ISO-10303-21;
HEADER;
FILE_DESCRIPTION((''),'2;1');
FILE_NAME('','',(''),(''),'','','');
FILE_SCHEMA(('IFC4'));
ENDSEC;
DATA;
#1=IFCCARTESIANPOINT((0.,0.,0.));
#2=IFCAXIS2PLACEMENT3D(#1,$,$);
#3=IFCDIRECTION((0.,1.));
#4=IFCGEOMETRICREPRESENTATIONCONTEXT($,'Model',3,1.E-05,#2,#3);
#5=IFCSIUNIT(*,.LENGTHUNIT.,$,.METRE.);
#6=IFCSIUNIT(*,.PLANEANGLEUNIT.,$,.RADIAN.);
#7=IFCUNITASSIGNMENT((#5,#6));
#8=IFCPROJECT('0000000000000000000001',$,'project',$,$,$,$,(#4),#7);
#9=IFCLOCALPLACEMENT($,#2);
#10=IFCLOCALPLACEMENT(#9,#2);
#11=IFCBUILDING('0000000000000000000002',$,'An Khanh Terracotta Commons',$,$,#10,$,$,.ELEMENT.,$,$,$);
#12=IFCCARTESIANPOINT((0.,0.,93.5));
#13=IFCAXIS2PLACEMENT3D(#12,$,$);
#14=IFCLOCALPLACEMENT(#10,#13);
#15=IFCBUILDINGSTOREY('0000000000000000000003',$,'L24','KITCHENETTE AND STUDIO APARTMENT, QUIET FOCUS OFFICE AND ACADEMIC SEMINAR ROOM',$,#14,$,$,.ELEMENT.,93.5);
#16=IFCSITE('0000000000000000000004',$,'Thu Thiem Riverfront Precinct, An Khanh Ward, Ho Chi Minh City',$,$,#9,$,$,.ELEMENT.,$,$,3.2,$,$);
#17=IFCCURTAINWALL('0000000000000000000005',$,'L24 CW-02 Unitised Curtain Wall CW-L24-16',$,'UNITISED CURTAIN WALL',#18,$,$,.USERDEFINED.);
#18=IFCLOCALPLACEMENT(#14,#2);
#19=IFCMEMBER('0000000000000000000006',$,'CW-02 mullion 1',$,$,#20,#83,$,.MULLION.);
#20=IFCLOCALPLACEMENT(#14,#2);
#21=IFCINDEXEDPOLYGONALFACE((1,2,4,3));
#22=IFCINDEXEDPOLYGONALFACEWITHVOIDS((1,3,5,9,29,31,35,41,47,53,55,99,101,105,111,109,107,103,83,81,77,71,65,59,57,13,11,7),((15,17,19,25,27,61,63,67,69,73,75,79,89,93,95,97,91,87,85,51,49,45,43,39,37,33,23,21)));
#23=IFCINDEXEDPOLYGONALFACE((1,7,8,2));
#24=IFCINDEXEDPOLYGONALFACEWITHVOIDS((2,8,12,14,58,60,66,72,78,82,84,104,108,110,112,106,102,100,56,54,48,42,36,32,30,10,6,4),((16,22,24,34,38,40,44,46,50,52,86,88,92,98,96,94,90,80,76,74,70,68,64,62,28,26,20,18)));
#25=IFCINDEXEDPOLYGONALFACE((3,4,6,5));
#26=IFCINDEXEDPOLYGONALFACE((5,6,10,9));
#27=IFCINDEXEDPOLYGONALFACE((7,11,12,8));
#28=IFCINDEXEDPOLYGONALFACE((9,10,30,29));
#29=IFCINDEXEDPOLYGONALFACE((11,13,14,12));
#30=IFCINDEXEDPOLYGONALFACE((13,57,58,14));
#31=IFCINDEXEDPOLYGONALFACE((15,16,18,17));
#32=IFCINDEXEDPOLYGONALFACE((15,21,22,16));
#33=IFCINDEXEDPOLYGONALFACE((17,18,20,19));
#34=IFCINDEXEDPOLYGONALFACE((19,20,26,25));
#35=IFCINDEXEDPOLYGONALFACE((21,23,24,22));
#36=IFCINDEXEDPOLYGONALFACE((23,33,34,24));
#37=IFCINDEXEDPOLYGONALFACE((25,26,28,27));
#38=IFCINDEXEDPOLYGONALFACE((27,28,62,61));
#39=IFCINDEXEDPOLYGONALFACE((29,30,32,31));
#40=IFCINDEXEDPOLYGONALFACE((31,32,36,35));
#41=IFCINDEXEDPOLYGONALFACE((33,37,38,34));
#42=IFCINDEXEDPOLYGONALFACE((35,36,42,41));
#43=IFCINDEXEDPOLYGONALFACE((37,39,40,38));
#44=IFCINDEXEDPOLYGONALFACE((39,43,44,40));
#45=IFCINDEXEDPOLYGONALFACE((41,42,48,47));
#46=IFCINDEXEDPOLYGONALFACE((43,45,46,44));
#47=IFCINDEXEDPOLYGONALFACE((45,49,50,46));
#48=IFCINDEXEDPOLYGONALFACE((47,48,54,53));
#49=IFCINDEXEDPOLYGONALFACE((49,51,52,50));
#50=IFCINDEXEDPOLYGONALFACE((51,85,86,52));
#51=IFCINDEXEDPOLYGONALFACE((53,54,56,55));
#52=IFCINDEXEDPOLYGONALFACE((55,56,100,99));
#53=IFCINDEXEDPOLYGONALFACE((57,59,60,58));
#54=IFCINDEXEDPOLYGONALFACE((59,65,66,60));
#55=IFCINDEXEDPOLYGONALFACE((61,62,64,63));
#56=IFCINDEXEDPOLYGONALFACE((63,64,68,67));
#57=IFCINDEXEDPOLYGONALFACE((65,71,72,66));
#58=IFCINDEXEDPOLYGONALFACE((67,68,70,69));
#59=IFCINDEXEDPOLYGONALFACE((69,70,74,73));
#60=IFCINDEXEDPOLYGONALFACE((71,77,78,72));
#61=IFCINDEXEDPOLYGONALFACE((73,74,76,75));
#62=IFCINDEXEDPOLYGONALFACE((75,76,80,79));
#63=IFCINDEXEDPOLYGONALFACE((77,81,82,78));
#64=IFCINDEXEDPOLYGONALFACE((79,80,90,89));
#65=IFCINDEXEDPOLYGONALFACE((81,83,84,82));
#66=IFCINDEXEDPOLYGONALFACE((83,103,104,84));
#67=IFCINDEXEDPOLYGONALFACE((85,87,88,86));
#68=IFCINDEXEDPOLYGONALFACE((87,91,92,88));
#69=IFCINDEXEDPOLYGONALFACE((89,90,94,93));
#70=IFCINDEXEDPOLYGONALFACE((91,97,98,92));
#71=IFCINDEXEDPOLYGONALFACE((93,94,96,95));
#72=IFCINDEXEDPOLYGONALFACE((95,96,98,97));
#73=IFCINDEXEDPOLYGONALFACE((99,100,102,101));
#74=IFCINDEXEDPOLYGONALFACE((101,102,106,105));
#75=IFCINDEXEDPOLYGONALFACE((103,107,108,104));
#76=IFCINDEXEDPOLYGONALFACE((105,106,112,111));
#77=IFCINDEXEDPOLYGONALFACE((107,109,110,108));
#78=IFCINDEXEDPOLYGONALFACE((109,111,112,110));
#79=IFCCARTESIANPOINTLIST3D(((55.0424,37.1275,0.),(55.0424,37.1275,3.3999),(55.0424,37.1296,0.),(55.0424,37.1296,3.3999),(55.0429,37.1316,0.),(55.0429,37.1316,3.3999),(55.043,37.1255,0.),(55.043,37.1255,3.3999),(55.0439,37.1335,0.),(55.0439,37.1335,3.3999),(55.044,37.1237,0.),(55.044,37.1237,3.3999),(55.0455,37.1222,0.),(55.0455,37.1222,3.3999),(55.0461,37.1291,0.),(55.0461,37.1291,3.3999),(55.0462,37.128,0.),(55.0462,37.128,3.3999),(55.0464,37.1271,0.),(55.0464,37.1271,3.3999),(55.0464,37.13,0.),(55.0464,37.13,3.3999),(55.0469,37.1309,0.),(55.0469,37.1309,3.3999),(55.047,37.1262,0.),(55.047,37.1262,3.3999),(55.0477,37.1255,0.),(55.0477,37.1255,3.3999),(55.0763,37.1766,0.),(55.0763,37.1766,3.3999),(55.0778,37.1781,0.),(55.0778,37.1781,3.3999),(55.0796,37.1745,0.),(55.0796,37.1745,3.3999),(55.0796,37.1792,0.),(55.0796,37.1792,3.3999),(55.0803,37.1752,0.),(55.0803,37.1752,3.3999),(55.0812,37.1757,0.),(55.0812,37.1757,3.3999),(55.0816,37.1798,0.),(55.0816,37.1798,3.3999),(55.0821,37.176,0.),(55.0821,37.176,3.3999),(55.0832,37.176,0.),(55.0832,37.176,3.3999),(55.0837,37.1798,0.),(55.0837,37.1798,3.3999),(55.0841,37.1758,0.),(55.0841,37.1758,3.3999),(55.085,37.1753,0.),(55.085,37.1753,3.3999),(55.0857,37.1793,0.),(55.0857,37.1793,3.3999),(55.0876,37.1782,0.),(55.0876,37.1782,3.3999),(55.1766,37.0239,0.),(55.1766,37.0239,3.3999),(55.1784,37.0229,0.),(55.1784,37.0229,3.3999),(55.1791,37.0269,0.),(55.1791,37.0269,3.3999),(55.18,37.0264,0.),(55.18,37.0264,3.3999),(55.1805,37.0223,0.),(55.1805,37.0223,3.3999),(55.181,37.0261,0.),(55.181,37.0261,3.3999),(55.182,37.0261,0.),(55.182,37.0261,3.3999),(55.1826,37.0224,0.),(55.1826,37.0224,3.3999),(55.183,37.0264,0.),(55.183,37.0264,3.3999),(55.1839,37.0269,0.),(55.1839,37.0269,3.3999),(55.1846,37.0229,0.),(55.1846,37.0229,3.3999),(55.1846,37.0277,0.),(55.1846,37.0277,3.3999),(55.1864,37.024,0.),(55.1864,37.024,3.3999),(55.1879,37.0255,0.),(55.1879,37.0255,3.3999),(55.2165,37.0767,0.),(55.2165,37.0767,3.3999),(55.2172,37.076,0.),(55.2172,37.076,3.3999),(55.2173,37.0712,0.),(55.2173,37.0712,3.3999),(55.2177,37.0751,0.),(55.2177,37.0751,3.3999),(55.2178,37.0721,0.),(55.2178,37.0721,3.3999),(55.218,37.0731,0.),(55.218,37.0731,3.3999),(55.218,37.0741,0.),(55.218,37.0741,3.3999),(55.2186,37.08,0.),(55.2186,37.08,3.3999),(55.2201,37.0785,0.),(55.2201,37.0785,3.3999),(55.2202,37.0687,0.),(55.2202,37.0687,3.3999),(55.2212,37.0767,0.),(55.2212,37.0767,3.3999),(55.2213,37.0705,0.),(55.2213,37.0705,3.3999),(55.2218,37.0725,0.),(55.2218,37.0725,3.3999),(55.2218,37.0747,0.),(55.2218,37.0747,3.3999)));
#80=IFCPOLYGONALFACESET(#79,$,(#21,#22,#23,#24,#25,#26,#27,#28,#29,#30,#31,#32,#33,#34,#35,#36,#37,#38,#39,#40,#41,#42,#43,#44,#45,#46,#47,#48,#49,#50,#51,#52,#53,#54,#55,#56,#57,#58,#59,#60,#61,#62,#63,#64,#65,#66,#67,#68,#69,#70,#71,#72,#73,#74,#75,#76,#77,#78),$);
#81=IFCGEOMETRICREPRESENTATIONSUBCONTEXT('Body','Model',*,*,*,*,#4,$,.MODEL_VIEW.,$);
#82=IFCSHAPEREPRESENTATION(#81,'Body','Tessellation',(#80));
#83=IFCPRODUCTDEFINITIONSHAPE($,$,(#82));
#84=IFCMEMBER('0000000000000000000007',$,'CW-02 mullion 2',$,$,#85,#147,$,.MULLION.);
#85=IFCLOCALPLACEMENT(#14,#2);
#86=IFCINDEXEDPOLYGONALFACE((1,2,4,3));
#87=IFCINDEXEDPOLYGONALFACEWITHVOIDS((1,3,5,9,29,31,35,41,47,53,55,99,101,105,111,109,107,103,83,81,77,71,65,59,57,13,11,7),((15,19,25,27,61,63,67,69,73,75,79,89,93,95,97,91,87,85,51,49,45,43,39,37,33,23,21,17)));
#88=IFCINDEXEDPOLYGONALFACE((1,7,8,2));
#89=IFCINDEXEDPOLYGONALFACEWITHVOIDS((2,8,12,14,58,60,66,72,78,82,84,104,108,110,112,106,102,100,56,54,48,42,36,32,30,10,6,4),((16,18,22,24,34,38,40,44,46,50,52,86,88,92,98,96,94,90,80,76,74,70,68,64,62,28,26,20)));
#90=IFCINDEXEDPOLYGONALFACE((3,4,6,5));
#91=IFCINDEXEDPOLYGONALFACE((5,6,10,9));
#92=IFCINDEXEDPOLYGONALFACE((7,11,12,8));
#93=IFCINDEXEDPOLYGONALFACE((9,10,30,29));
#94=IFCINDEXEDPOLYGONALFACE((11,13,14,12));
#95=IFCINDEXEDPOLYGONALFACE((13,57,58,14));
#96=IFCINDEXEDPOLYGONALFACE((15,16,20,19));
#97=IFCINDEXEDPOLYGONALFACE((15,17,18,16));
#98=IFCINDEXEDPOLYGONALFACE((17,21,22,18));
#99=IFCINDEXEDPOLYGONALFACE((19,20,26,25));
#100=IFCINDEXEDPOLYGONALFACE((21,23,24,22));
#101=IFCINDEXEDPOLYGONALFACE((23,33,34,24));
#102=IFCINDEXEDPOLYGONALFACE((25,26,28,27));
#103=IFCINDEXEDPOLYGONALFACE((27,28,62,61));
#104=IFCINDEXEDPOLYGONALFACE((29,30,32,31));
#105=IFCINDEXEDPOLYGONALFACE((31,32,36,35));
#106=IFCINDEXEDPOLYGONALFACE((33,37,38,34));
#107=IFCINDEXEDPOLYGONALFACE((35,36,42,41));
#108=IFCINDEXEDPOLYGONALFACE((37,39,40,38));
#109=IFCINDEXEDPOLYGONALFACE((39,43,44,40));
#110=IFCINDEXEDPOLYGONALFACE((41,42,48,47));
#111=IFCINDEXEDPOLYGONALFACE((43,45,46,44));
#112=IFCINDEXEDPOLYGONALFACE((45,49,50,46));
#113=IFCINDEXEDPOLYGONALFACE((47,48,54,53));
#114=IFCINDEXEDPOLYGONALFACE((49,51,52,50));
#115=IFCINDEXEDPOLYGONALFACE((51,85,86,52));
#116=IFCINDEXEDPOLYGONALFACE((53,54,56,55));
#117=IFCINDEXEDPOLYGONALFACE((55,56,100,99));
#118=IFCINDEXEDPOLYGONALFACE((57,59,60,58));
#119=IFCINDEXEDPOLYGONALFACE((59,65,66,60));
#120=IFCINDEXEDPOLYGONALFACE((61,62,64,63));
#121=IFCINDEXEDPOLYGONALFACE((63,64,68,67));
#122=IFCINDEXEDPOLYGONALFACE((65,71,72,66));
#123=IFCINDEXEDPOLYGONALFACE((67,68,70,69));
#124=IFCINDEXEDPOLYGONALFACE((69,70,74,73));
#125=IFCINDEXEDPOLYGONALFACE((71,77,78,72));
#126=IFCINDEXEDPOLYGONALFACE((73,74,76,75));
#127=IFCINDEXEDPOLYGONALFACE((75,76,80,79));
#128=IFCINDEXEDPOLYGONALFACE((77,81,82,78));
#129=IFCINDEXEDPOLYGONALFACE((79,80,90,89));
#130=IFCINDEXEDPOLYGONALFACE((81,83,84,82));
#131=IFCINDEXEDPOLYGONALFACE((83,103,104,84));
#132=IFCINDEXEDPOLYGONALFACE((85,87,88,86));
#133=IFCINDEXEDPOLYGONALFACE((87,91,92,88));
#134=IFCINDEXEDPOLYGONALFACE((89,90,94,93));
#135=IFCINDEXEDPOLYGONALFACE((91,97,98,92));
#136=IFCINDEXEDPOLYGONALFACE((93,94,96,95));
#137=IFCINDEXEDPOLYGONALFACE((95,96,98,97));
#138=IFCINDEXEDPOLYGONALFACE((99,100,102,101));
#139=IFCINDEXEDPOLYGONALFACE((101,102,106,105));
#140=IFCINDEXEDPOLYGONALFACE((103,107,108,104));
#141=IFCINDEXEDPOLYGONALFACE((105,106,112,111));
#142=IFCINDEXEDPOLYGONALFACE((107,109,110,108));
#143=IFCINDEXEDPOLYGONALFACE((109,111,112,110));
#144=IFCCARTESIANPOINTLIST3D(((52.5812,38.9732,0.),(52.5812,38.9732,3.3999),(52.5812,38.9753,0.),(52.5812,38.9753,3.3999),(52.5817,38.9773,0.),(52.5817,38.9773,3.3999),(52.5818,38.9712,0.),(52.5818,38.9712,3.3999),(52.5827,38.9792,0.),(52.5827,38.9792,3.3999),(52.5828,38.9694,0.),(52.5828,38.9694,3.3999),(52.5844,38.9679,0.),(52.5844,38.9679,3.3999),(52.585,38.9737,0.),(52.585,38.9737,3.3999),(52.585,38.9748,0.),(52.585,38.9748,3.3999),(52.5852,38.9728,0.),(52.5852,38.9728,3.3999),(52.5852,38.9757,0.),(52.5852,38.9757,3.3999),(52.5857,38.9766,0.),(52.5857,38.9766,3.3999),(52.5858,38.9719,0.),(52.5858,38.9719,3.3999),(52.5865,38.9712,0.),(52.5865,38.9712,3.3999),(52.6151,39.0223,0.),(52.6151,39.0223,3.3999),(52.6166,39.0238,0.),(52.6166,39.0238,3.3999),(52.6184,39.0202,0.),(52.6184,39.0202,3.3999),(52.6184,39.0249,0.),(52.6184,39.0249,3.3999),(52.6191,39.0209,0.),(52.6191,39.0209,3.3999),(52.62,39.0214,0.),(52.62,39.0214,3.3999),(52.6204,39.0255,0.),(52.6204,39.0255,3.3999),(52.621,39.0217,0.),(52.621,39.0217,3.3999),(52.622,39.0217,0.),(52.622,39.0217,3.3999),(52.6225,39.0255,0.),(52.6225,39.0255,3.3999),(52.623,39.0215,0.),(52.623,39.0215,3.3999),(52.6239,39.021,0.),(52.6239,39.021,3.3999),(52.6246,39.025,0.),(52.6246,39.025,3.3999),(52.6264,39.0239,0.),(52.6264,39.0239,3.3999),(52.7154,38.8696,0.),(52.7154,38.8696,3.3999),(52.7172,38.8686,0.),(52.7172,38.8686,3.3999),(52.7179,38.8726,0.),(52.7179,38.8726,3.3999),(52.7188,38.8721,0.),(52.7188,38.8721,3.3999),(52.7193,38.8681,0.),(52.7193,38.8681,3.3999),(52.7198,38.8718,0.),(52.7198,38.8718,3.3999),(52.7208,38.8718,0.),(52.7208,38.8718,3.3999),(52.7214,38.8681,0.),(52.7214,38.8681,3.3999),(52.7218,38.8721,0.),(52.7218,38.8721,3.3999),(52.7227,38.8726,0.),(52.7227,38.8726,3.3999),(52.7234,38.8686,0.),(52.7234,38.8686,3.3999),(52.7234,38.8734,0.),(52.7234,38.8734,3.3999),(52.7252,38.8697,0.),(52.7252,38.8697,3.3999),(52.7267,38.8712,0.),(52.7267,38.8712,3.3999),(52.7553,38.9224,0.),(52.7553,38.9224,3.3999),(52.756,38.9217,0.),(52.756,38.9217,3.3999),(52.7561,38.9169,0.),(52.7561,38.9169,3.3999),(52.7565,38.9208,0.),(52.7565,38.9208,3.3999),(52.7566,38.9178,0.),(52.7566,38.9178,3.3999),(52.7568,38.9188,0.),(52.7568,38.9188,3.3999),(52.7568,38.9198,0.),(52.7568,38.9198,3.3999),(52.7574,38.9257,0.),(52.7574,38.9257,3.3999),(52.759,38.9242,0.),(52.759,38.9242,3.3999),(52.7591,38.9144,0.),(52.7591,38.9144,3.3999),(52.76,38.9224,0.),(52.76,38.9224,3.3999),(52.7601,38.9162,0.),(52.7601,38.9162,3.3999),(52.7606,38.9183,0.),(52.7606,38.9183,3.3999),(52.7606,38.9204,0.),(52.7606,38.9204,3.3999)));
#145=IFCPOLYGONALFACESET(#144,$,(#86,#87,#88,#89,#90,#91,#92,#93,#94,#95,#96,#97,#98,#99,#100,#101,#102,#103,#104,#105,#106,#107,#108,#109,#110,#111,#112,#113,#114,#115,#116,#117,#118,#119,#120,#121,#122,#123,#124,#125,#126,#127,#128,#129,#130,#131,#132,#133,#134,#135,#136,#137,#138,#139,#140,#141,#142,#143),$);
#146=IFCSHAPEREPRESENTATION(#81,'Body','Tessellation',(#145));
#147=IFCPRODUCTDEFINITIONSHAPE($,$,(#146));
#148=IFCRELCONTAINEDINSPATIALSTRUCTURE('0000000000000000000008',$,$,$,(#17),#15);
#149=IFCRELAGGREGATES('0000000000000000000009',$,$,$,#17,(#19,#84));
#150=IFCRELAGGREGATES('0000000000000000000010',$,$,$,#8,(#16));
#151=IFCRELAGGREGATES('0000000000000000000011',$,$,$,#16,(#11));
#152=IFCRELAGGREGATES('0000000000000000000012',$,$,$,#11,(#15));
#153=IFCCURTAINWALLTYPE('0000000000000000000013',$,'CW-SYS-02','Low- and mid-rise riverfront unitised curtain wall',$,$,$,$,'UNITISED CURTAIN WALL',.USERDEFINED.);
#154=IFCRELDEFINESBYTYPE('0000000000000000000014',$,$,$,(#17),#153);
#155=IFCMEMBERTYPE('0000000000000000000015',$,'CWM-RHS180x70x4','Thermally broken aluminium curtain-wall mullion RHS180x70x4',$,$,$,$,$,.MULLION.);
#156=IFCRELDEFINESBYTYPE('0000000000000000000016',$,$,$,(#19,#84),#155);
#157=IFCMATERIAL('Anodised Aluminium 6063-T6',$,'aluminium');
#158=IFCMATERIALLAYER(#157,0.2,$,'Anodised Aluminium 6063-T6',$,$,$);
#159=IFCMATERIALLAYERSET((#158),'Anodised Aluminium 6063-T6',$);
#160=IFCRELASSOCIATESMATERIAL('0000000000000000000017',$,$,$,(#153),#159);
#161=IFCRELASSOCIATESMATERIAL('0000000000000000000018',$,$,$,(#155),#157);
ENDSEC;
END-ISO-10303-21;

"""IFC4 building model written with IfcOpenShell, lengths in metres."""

from ifc_helpers import new_model, si_unit, direction, frame, origin, origin_2d, place, context, subcontext, project, spatial, hollow_rectangle, extrude, material, layer, layer_set, material_profile, profile_set, type_object, element, aggregate, save


model = new_model("IFC4")

# Units and contexts
model_context = context("Model", 3, precision=1e-05, world=origin(), true_north=direction((0.0, 1.0)))
body_context = subcontext(model_context, "Body", "Model", "MODEL_VIEW")
ifc_project = project(units=[si_unit("LENGTHUNIT", "METRE"), si_unit("PLANEANGLEUNIT", "RADIAN")], contexts=[model_context])

# Site, building, storey
site_placement = place(None, origin())
site = spatial("IfcSite", under=ifc_project, at=site_placement, Name="Thu Thiem Riverfront Precinct, An Khanh Ward, Ho Chi Minh City", CompositionType="ELEMENT", RefElevation=3.2)
building_placement = place(site_placement, origin())
building = spatial("IfcBuilding", under=site, at=building_placement, Name="An Khanh Terracotta Commons", CompositionType="ELEMENT")
storey_placement = place(building_placement, frame((0.0, 0.0, 93.5)))
storey = spatial("IfcBuildingStorey", under=building, at=storey_placement, Name="L24", Description="KITCHENETTE AND STUDIO APARTMENT, QUIET FOCUS OFFICE AND ACADEMIC SEMINAR ROOM", CompositionType="ELEMENT", Elevation=93.5)

# Curtain wall, members
ifc_material_1 = material(Name="Anodised Aluminium 6063-T6", Category="aluminium")
ifc_layer_1 = layer(ifc_material_1, 0.2, Name="Anodised Aluminium 6063-T6")
ifc_layer_set_1 = layer_set([ifc_layer_1], Name="Anodised Aluminium 6063-T6")
curtain_wall_type_1 = type_object("IfcCurtainWallType", Name="CW-SYS-02", Description="Low- and mid-rise riverfront unitised curtain wall", ElementType="UNITISED CURTAIN WALL", PredefinedType="USERDEFINED", material=ifc_layer_set_1)
curtain_wall_1_placement = place(storey_placement, origin())
curtain_wall_1 = element("IfcCurtainWall", 1, at=curtain_wall_1_placement, inside=storey, type_object=curtain_wall_type_1, Name="L24 CW-02 Unitised Curtain Wall CW-L24-16", ObjectType="UNITISED CURTAIN WALL", PredefinedType="USERDEFINED")
ifc_material_profile_1 = material_profile(ifc_material_1, hollow_rectangle(XDim=0.0701, YDim=0.1799, WallThickness=0.0039, InnerFilletRadius=0.0039, OuterFilletRadius=0.0081, at=origin_2d()), Name="RHS180x70x4")
ifc_profile_set_1 = profile_set([ifc_material_profile_1], Name="Anodised Aluminium 6063-T6")
member_type_1 = type_object("IfcMemberType", Name="CWM-RHS180x70x4", Description="Thermally broken aluminium curtain-wall mullion RHS180x70x4", PredefinedType="MULLION", material=ifc_profile_set_1)
member_1_placement = place(storey_placement, frame((55.1321, 37.1011, 0.0), z_axis=(0.0, 0.0, 1.0), x_axis=(-0.599983, -0.800013, 0.0)))
member_1 = element("IfcMember", 2, at=member_1_placement, type_object=member_type_1, Name="CW-02 mullion 1", PredefinedType="MULLION", context=body_context, shape_type="SweptSolid", body=[
    extrude(hollow_rectangle(XDim=0.0701, YDim=0.1799, WallThickness=0.0039, InnerFilletRadius=0.0039, OuterFilletRadius=0.0081, at=origin_2d()), origin(), (0.0, 0.0, 1.0), 3.3999),
])
member_2_placement = place(storey_placement, frame((52.6709, 38.9468, 0.0), z_axis=(0.0, 0.0, 1.0), x_axis=(-0.599983, -0.800013, 0.0)))
member_2 = element("IfcMember", 3, at=member_2_placement, type_object=member_type_1, Name="CW-02 mullion 2", PredefinedType="MULLION", context=body_context, shape_type="SweptSolid", body=[
    extrude(hollow_rectangle(XDim=0.0701, YDim=0.1799, WallThickness=0.0039, InnerFilletRadius=0.0039, OuterFilletRadius=0.0081, at=origin_2d()), origin(), (0.0, 0.0, 1.0), 3.3999),
])

aggregate(curtain_wall_1, [member_1, member_2])

save(model, "model.ifc")
